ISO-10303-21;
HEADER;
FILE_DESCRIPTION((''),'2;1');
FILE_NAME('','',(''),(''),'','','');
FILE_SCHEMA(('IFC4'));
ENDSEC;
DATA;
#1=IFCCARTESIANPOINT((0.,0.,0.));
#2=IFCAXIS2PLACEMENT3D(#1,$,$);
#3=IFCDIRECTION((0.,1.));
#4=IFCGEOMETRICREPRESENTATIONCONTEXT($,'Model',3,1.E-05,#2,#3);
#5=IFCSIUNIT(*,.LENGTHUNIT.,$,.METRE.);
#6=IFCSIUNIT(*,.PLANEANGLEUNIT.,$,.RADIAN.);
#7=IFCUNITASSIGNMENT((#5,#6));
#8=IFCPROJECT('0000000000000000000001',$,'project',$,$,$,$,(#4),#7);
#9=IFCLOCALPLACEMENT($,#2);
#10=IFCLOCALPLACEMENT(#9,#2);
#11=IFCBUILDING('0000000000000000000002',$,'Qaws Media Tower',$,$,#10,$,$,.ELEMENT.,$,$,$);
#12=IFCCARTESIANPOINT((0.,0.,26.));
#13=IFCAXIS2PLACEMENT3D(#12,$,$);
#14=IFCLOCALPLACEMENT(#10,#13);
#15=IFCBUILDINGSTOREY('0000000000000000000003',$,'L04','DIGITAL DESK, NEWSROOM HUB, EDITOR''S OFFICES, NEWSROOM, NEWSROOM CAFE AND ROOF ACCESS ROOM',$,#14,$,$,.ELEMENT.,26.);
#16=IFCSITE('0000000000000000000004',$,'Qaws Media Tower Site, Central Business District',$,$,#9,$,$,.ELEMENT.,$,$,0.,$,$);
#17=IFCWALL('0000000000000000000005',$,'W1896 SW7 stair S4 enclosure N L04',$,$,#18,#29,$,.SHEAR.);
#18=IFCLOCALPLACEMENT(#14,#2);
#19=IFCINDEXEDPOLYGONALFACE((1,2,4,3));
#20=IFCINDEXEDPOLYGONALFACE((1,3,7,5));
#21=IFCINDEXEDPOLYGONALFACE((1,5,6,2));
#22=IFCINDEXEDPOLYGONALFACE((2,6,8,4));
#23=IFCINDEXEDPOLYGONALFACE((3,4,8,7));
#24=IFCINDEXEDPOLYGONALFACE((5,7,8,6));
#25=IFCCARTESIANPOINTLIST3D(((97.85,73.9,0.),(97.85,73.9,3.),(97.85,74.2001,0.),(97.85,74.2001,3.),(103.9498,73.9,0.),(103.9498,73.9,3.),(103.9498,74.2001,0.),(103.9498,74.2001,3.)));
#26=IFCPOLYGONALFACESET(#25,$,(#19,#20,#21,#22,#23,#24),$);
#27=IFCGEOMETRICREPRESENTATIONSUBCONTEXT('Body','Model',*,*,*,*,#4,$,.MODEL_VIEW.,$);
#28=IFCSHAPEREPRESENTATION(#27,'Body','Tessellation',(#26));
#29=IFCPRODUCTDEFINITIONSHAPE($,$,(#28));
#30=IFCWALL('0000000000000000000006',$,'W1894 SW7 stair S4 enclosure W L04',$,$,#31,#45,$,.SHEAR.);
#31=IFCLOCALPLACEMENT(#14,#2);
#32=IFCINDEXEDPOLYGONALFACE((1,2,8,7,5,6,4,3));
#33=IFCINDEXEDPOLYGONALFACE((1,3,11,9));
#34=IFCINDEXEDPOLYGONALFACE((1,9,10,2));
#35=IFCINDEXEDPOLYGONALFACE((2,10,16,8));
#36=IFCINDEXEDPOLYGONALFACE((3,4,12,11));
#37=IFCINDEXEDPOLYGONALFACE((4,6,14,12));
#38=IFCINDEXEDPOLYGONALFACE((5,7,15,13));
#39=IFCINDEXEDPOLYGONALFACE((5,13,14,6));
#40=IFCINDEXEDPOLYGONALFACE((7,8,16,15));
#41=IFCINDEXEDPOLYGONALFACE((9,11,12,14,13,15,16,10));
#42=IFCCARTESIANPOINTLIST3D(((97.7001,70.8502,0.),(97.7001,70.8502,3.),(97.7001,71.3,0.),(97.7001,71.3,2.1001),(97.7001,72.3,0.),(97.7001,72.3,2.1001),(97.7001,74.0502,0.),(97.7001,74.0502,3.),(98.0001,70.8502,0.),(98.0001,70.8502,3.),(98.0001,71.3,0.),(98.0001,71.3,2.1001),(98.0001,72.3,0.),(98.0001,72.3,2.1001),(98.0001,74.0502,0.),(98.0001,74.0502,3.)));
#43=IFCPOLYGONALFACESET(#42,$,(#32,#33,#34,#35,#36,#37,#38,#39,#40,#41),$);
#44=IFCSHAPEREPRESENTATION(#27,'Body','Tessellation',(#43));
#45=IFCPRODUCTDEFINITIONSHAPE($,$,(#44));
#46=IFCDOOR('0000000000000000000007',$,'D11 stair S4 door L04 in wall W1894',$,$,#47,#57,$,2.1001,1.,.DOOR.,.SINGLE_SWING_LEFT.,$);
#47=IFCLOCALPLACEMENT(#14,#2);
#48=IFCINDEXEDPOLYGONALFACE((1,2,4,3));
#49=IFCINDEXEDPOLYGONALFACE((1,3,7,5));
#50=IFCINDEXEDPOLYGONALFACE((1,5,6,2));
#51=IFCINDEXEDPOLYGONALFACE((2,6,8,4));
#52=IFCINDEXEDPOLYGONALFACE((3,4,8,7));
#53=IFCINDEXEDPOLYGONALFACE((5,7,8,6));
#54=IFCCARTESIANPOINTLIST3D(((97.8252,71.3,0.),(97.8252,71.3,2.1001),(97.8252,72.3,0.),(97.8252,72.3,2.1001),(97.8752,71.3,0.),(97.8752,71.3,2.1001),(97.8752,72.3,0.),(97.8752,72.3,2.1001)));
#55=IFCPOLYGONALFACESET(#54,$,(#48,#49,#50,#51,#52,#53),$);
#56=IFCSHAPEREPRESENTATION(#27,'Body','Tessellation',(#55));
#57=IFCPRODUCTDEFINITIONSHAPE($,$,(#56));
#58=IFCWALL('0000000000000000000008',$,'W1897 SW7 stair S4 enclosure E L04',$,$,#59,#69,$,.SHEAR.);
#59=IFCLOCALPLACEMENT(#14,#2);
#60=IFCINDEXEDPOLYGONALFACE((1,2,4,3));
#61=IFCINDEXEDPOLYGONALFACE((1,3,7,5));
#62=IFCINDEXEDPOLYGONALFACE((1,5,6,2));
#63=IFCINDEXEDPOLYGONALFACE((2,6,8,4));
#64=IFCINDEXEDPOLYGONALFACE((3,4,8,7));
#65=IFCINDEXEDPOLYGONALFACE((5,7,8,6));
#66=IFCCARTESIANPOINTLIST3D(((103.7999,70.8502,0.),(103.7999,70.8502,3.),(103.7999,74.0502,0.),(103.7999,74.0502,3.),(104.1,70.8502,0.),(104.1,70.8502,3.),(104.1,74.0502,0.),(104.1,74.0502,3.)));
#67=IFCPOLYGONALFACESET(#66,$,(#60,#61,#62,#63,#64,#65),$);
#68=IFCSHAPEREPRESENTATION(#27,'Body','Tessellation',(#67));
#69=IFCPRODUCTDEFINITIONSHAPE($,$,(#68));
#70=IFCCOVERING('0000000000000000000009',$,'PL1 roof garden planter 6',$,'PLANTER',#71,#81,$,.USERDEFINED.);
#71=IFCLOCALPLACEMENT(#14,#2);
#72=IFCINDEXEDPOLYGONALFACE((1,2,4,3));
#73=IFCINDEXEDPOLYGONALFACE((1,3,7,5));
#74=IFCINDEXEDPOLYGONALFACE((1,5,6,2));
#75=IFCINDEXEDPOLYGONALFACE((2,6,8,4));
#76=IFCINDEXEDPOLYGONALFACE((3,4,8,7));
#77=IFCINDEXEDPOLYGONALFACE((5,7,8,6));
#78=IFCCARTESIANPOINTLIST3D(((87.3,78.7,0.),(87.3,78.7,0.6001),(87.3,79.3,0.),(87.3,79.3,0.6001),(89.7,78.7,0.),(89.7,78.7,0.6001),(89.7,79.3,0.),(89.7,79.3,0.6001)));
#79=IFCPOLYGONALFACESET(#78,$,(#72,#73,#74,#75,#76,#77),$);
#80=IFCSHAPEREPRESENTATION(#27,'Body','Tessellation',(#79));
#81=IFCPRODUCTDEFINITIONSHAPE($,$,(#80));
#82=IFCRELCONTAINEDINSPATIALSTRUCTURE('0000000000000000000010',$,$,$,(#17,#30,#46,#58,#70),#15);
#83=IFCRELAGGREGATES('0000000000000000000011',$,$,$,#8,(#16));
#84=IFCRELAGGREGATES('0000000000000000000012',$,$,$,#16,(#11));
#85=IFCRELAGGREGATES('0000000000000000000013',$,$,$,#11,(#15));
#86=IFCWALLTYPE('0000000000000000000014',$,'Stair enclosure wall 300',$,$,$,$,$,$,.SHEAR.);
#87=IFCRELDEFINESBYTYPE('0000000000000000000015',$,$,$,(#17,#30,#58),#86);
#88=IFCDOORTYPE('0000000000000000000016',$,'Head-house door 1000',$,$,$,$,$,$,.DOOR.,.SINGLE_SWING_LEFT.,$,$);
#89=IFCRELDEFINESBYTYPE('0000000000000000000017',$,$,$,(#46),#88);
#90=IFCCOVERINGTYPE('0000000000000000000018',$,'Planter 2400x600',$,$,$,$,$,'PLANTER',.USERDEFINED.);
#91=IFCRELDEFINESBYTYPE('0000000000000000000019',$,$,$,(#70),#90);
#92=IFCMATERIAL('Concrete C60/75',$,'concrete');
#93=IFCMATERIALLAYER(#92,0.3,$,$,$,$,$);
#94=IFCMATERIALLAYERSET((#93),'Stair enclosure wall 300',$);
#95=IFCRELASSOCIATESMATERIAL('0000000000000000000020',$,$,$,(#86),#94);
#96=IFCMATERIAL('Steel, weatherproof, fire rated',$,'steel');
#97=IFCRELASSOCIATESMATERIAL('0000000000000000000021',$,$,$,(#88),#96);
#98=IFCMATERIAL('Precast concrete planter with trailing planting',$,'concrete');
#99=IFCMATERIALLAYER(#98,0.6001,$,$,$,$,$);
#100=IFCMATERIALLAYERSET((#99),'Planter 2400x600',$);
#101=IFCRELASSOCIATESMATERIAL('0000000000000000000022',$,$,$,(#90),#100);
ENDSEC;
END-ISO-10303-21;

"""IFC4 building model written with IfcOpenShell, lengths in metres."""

from ifc_helpers import new_model, si_unit, direction, frame, frame_2d, origin, origin_2d, place, context, subcontext, project, spatial, rectangle, extrude, material, layer, layer_set, type_object, element, fill, save


model = new_model("IFC4")

# Units and contexts
model_context = context("Model", 3, precision=1e-05, world=origin(), true_north=direction((0.0, 1.0)))
body_context = subcontext(model_context, "Body", "Model", "MODEL_VIEW")
ifc_project = project(units=[si_unit("LENGTHUNIT", "METRE"), si_unit("PLANEANGLEUNIT", "RADIAN")], contexts=[model_context])

# Site, building, storey
site_placement = place(None, origin())
site = spatial("IfcSite", under=ifc_project, at=site_placement, Name="Qaws Media Tower Site, Central Business District", CompositionType="ELEMENT", RefElevation=0.0)
building_placement = place(site_placement, origin())
building = spatial("IfcBuilding", under=site, at=building_placement, Name="Qaws Media Tower", CompositionType="ELEMENT")
storey_placement = place(building_placement, frame((0.0, 0.0, 26.0)))
storey = spatial("IfcBuildingStorey", under=building, at=storey_placement, Name="L04", Description="DIGITAL DESK, NEWSROOM HUB, EDITOR'S OFFICES, NEWSROOM, NEWSROOM CAFE AND ROOF ACCESS ROOM", CompositionType="ELEMENT", Elevation=26.0)

# Wall
ifc_material_1 = material(Name="Concrete C60/75", Category="concrete")
ifc_layer_1 = layer(ifc_material_1, 0.3)
ifc_layer_set_1 = layer_set([ifc_layer_1], Name="Stair enclosure wall 300")
wall_type = type_object("IfcWallType", Name="Stair enclosure wall 300", PredefinedType="SHEAR", material=ifc_layer_set_1)
for number, where, z_axis, x_axis, name in (
    (1, (97.8501, 74.05, 0.0), (0.0, 0.0, 1.0), (1.0, 0.0, 0.0), "W1896 SW7 stair S4 enclosure N L04"),
):
    element("IfcWall", number, at=place(storey_placement, frame(where, z_axis=z_axis, x_axis=x_axis)), inside=storey, type_object=wall_type, Name=name, PredefinedType="SHEAR", context=body_context, shape_type="SweptSolid", body=[
        extrude(rectangle(XDim=6.0999, YDim=0.3, at=frame_2d((3.0498, 0.0))), origin(), (0.0, 0.0, 1.0), 3.0),
    ])

# Wall, opening, door
wall_1_placement = place(storey_placement, frame((97.8501, 70.8501, 0.0), z_axis=(0.0, 0.0, 1.0), x_axis=(0.0, 1.0, 0.0)))
wall_1 = element("IfcWall", 2, at=wall_1_placement, inside=storey, type_object=wall_type, Name="W1894 SW7 stair S4 enclosure W L04", PredefinedType="SHEAR", context=body_context, shape_type="SweptSolid", body=[
    extrude(rectangle(XDim=3.2, YDim=0.3, at=frame_2d((1.6001, 0.0))), origin(), (0.0, 0.0, 1.0), 3.0),
])
opening_placement = place(wall_1_placement, frame((0.45, 0.0, 0.0)))
opening = element("IfcOpeningElement", 3, at=opening_placement, cuts=wall_1, PredefinedType="OPENING", context=body_context, shape_type="SweptSolid", body=[
    extrude(rectangle(XDim=1.0, YDim=2.1001, at=frame_2d((0.5, 1.05))), frame((0.0, 0.1599, 0.0), z_axis=(0.0, -1.0, 0.0), x_axis=(1.0, 0.0, 0.0)), (0.0, 0.0, 1.0), 0.3201),
])
ifc_material_2 = material(Name="Steel, weatherproof, fire rated", Category="steel")
door_type = type_object("IfcDoorType", Name="Head-house door 1000", OperationType="SINGLE_SWING_LEFT", PredefinedType="DOOR", material=ifc_material_2)
door_placement = place(opening_placement, origin())
door = element("IfcDoor", 4, at=door_placement, inside=storey, type_object=door_type, Name="D11 stair S4 door L04 in wall W1894", OperationType="SINGLE_SWING_LEFT", OverallHeight=2.1001, OverallWidth=1.0, PredefinedType="DOOR", context=body_context, shape_type="SweptSolid", body=[
    extrude(rectangle(XDim=1.0, YDim=2.1001, at=frame_2d((0.5, 1.05))), frame((0.0, 0.0249, 0.0), z_axis=(0.0, -1.0, 0.0), x_axis=(1.0, 0.0, 0.0)), (0.0, 0.0, 1.0), 0.05),
])
fill(opening, door)

# Wall
wall_2_placement = place(storey_placement, frame((103.95, 70.8501, 0.0), z_axis=(0.0, 0.0, 1.0), x_axis=(0.0, 1.0, 0.0)))
element("IfcWall", 5, at=wall_2_placement, inside=storey, type_object=wall_type, Name="W1897 SW7 stair S4 enclosure E L04", PredefinedType="SHEAR", context=body_context, shape_type="SweptSolid", body=[
    extrude(rectangle(XDim=3.2, YDim=0.3, at=frame_2d((1.6001, 0.0))), origin(), (0.0, 0.0, 1.0), 3.0),
])

# Covering
ifc_material_3 = material(Name="Precast concrete planter with trailing planting", Category="concrete")
ifc_layer_2 = layer(ifc_material_3, 0.6001)
ifc_layer_set_2 = layer_set([ifc_layer_2], Name="Planter 2400x600")
covering_type = type_object("IfcCoveringType", Name="Planter 2400x600", ElementType="PLANTER", PredefinedType="USERDEFINED", material=ifc_layer_set_2)
covering_placement = place(storey_placement, frame((88.5, 79.0, 0.0), z_axis=(0.0, 0.0, 1.0), x_axis=(1.0, 0.0, 0.0)))
element("IfcCovering", 6, at=covering_placement, inside=storey, type_object=covering_type, Name="PL1 roof garden planter 6", ObjectType="PLANTER", PredefinedType="USERDEFINED", context=body_context, shape_type="SweptSolid", body=[
    extrude(rectangle(XDim=2.3999, YDim=0.6001, at=origin_2d()), origin(), (0.0, 0.0, 1.0), 0.6001),
])

save(model, "model.ifc")
